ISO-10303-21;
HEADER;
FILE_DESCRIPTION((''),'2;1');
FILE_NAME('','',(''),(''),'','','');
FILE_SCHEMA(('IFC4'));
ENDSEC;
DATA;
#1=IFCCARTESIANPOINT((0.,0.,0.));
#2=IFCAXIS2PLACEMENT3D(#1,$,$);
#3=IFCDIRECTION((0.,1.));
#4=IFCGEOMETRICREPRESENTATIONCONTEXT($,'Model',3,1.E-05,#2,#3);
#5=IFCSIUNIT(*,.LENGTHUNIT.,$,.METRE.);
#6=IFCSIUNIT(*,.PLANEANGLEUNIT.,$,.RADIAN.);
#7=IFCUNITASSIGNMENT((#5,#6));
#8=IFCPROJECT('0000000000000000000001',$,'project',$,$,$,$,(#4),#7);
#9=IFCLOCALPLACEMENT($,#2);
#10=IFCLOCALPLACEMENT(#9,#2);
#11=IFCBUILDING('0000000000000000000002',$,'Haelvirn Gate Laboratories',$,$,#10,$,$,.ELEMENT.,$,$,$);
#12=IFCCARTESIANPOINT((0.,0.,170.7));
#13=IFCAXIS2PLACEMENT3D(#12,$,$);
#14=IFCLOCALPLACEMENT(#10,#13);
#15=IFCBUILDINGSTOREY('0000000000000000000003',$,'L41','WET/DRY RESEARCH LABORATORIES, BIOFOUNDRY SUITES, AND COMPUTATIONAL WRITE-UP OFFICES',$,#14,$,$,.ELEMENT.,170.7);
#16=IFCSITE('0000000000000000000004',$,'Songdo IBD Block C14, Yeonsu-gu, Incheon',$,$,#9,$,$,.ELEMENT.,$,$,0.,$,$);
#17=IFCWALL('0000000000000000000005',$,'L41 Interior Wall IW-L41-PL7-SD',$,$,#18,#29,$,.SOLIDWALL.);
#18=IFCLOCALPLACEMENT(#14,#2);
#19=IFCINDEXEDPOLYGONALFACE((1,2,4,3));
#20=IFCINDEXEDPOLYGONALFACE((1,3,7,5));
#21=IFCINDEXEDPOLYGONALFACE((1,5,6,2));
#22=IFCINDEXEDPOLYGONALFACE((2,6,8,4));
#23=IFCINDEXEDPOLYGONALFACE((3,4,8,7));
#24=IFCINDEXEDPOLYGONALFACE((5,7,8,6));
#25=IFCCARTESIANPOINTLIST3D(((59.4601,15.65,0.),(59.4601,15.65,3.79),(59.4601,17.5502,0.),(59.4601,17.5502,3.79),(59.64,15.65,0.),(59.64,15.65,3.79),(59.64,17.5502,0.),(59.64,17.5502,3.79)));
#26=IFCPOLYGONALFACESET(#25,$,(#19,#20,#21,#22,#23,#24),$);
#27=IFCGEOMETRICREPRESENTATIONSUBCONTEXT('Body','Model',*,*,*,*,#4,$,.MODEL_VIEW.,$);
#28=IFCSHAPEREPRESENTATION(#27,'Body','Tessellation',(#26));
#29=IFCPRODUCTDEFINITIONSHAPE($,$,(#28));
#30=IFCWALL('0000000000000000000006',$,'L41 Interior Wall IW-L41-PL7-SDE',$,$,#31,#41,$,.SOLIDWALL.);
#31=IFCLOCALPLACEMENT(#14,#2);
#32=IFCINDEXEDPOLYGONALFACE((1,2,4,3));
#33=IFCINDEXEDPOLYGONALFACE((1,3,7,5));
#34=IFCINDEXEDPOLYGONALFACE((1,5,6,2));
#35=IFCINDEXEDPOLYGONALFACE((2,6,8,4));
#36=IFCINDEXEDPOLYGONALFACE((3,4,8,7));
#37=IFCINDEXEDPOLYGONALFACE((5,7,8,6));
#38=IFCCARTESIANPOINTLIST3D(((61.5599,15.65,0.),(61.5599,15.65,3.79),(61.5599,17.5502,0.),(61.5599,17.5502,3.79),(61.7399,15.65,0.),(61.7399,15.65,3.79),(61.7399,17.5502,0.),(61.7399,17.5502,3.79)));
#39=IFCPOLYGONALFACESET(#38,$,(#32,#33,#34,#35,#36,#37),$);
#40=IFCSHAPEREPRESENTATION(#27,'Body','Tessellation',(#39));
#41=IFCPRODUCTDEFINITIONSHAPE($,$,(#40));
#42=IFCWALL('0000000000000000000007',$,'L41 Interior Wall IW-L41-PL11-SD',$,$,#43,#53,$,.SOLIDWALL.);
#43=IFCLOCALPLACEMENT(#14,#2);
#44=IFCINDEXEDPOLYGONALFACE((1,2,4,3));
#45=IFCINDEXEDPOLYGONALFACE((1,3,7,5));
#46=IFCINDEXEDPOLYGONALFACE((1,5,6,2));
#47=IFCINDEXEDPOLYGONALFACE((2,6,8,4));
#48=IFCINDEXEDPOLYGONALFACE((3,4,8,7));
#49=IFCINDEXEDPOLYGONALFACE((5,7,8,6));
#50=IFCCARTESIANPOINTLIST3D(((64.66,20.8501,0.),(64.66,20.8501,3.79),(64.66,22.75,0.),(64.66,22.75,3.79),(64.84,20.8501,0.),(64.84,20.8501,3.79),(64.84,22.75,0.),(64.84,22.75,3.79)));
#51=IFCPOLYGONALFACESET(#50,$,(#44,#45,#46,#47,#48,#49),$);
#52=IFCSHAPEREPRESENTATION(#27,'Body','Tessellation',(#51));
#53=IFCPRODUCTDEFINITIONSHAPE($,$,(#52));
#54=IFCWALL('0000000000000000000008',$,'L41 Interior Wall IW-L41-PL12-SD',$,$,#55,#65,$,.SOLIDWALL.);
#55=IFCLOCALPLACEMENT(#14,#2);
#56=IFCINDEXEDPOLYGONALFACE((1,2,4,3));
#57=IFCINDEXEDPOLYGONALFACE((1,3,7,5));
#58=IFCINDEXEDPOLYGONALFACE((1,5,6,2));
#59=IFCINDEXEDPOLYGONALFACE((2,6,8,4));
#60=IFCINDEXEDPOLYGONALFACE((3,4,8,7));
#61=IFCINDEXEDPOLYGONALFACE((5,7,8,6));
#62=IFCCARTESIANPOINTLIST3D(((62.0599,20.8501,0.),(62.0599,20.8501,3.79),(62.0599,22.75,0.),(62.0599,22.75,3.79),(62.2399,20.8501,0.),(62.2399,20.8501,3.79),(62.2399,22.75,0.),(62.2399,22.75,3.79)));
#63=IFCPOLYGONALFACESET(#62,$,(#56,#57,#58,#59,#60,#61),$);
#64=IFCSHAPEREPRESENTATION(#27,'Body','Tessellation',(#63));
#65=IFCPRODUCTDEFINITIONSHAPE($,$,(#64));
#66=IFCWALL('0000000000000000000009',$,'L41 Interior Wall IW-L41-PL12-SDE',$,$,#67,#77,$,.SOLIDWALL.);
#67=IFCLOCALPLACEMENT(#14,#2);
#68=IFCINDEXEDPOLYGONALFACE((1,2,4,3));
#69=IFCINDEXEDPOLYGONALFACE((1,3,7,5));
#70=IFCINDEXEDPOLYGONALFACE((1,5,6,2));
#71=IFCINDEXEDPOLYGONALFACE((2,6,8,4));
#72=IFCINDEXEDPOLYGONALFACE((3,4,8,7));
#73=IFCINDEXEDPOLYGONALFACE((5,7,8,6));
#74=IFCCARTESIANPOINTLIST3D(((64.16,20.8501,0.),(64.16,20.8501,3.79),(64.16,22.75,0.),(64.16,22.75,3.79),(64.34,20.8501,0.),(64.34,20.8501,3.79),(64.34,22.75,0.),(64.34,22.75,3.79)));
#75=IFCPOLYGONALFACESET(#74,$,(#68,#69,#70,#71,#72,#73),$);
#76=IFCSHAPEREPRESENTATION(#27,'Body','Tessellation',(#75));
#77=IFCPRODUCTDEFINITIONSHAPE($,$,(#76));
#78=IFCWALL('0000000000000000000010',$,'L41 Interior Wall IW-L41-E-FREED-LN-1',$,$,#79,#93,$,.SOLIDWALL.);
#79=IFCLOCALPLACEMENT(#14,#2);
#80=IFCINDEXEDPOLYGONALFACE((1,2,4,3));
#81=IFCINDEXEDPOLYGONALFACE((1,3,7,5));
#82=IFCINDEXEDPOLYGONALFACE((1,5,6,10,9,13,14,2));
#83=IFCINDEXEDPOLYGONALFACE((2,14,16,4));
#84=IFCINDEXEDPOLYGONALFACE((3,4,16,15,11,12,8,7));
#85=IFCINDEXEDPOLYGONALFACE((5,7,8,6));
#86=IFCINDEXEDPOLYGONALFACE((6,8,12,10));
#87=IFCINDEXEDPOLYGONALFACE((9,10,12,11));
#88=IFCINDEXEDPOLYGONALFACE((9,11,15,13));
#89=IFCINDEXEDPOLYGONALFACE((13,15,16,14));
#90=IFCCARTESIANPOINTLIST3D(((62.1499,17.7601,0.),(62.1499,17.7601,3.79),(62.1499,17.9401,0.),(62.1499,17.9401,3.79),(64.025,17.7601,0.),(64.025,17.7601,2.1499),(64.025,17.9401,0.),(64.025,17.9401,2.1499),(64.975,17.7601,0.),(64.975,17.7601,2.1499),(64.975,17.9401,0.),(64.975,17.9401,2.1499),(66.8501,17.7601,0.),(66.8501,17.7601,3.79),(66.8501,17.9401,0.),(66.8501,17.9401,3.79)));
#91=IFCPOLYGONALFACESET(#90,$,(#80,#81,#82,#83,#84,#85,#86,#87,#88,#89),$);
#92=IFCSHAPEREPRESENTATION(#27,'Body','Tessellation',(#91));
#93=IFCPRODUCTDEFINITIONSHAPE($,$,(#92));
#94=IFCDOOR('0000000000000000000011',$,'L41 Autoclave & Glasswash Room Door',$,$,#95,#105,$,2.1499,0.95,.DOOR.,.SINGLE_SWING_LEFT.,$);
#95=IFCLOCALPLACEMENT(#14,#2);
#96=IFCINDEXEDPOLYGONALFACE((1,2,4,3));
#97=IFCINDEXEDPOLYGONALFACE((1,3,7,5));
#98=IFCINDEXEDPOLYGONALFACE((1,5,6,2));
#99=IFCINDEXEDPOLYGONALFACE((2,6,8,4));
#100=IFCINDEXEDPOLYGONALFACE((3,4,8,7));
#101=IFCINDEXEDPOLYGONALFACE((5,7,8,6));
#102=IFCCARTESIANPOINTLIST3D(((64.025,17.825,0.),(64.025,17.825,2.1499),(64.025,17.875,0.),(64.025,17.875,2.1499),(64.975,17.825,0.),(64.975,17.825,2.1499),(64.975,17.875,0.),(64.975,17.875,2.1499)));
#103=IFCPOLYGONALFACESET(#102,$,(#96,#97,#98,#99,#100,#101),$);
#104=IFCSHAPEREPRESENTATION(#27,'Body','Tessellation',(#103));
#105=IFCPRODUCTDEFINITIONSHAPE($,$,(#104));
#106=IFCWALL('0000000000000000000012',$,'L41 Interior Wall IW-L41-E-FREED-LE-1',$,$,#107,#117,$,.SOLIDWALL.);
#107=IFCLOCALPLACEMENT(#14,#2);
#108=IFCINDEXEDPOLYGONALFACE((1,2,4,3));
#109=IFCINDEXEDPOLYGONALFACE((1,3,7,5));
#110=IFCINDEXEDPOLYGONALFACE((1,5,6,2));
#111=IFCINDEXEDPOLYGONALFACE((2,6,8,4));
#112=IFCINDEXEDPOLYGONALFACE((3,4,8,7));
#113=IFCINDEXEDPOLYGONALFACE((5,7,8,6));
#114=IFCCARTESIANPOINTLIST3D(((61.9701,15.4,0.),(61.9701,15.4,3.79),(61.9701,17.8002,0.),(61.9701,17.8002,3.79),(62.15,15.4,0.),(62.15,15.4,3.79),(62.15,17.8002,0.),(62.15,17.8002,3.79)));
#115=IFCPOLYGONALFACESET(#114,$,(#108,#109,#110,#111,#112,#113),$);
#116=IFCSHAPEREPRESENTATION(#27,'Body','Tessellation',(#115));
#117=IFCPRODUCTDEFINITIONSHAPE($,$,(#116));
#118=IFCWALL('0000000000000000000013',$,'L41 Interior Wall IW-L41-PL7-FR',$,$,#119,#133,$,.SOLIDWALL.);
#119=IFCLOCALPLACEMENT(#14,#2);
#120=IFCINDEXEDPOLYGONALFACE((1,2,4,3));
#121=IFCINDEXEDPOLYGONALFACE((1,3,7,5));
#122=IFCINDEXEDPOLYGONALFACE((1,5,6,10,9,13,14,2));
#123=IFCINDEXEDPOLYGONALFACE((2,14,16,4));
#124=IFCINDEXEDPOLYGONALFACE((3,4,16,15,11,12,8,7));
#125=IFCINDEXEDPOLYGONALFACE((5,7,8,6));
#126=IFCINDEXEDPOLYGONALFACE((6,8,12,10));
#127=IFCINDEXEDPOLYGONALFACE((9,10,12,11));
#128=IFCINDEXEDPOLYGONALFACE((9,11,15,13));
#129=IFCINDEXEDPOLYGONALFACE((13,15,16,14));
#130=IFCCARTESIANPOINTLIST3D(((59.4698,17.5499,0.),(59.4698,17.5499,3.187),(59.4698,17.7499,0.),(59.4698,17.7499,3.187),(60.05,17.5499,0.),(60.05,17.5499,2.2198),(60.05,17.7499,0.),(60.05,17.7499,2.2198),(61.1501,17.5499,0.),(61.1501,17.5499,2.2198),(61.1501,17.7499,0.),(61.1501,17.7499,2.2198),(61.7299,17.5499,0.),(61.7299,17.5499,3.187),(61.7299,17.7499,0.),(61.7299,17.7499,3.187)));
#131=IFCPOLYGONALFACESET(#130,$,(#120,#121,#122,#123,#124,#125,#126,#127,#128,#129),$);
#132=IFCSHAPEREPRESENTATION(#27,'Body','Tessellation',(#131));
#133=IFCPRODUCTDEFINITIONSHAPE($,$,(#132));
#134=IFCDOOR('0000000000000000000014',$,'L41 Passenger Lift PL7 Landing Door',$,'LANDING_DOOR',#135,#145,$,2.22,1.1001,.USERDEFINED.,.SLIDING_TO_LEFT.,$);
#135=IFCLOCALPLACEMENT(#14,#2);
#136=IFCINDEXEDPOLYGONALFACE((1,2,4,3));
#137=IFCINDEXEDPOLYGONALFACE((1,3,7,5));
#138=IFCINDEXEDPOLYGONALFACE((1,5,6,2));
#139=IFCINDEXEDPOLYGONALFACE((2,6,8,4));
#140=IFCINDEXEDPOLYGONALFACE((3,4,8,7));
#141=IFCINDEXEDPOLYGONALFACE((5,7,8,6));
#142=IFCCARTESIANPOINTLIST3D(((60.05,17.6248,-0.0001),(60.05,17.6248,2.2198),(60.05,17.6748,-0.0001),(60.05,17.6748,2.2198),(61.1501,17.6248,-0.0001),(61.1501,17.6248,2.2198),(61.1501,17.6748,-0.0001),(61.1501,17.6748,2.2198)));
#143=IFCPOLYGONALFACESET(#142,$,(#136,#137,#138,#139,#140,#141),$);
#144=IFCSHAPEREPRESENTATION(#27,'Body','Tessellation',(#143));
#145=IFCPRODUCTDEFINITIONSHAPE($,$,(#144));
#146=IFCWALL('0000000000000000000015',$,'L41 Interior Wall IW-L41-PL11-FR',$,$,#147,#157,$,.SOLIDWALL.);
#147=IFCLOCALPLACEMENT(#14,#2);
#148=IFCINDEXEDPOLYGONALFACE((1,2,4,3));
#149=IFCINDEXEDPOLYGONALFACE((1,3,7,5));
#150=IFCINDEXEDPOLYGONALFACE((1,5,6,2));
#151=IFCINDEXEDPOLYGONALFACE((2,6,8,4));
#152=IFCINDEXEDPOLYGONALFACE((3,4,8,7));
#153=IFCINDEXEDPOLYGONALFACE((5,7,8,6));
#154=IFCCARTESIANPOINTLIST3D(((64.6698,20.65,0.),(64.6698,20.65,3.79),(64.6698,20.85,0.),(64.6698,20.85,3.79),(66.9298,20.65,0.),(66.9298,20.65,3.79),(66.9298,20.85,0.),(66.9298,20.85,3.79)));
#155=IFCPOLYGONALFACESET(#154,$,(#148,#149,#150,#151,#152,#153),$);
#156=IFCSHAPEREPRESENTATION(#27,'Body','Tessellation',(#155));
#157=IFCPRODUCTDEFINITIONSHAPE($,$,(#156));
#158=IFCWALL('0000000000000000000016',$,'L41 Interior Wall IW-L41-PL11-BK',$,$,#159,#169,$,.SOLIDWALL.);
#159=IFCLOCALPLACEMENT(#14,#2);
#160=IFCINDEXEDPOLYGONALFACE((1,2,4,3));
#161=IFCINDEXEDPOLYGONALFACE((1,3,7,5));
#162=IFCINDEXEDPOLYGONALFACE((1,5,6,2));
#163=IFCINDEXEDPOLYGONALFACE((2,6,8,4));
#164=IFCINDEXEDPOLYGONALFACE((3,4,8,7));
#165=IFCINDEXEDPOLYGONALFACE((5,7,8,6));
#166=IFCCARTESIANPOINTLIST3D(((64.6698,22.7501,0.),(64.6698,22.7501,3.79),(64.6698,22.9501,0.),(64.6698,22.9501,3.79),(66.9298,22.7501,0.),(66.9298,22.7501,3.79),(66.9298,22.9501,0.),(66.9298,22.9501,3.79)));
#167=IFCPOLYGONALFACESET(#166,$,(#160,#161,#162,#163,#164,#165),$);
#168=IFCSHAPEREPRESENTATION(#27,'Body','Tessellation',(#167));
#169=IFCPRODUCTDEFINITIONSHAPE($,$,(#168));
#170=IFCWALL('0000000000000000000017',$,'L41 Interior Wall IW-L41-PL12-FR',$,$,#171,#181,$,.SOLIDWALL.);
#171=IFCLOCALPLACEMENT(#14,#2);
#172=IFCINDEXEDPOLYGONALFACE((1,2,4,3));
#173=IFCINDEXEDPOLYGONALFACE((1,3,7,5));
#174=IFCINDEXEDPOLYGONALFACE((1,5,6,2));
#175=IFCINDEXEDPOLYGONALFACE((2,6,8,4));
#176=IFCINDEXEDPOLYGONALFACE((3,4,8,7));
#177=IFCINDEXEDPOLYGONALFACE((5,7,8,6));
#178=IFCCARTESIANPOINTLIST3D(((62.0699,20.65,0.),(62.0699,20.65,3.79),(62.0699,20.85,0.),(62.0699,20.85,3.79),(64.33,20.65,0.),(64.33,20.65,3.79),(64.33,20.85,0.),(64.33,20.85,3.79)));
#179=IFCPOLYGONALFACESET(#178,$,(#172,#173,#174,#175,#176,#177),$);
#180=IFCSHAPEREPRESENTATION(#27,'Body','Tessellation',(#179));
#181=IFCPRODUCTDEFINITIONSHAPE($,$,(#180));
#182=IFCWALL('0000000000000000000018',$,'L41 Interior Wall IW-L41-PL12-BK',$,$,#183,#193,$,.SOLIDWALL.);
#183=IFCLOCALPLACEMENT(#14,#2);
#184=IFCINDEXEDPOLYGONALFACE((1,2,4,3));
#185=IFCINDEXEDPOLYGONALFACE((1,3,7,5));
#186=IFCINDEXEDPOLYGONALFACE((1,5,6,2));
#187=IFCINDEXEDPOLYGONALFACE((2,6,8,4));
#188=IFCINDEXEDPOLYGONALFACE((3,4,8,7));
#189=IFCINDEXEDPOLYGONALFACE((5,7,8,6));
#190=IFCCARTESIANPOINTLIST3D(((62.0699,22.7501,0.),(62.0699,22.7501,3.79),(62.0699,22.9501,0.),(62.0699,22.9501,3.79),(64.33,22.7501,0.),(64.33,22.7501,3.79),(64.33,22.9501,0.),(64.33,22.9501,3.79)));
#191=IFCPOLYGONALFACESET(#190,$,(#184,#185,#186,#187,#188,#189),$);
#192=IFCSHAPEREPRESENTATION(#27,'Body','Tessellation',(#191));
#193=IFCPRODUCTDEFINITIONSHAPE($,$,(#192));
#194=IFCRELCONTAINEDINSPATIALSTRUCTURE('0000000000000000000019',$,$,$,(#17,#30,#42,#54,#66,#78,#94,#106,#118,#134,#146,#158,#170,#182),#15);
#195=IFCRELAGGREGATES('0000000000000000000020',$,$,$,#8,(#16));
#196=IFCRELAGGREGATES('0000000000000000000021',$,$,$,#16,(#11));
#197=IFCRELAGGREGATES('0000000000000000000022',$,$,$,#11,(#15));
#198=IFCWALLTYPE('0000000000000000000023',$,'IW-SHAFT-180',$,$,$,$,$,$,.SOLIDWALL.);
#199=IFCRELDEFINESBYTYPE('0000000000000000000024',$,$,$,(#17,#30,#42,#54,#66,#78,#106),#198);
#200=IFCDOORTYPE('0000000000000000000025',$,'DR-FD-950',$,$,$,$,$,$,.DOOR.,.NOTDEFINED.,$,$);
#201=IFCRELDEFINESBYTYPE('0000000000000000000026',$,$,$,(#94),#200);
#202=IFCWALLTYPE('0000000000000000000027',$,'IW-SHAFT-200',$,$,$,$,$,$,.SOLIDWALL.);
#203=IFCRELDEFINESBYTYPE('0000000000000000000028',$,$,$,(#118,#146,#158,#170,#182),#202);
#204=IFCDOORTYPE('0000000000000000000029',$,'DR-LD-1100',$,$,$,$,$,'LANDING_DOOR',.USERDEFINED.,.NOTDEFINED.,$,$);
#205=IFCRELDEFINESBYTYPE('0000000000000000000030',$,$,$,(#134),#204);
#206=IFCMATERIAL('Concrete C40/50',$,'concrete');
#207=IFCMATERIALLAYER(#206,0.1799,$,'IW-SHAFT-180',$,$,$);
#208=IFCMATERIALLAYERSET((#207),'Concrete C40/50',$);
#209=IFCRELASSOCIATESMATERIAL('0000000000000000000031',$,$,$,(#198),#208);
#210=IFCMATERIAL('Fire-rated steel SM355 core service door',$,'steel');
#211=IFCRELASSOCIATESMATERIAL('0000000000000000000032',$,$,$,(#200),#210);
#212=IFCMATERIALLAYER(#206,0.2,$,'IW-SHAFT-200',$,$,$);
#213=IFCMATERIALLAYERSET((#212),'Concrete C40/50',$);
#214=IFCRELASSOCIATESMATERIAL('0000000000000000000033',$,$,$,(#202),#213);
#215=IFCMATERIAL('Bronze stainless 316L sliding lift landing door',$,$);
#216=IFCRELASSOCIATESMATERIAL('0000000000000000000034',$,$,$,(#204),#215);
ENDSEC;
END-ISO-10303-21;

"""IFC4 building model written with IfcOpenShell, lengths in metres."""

from ifc_helpers import new_model, si_unit, direction, frame, frame_2d, origin, place, context, subcontext, project, spatial, rectangle, extrude, source, transform, mapped, material, layer, layer_set, type_object, type_shapes, element, fill, save


model = new_model("IFC4")

# Units and contexts
model_context = context("Model", 3, precision=1e-05, world=origin(), true_north=direction((0.0, 1.0)))
body_context = subcontext(model_context, "Body", "Model", "MODEL_VIEW")
ifc_project = project(units=[si_unit("LENGTHUNIT", "METRE"), si_unit("PLANEANGLEUNIT", "RADIAN")], contexts=[model_context])

# Site, building, storey
site_placement = place(None, origin())
site = spatial("IfcSite", under=ifc_project, at=site_placement, Name="Songdo IBD Block C14, Yeonsu-gu, Incheon", CompositionType="ELEMENT", RefElevation=0.0)
building_placement = place(site_placement, origin())
building = spatial("IfcBuilding", under=site, at=building_placement, Name="Haelvirn Gate Laboratories", CompositionType="ELEMENT")
storey_placement = place(building_placement, frame((0.0, 0.0, 170.7)))
storey = spatial("IfcBuildingStorey", under=building, at=storey_placement, Name="L41", Description="WET/DRY RESEARCH LABORATORIES, BIOFOUNDRY SUITES, AND COMPUTATIONAL WRITE-UP OFFICES", CompositionType="ELEMENT", Elevation=170.7)

# Walls
ifc_material_1 = material(Name="Concrete C40/50", Category="concrete")
ifc_layer_1 = layer(ifc_material_1, 0.1799, Name="IW-SHAFT-180")
ifc_layer_set_1 = layer_set([ifc_layer_1], Name="Concrete C40/50")
wall_type_1 = type_object("IfcWallType", Name="IW-SHAFT-180", PredefinedType="SOLIDWALL", material=ifc_layer_set_1)
for number, where, z_axis, x_axis, name in (
    (1, (59.55, 15.6499, 0.0), (0.0, 0.0, 1.0), (0.0, 1.0, 0.0), "L41 Interior Wall IW-L41-PL7-SD"),
    (2, (61.6499, 15.6499, 0.0), (0.0, 0.0, 1.0), (0.0, 1.0, 0.0), "L41 Interior Wall IW-L41-PL7-SDE"),
):
    element("IfcWall", number, at=place(storey_placement, frame(where, z_axis=z_axis, x_axis=x_axis)), inside=storey, type_object=wall_type_1, Name=name, PredefinedType="SOLIDWALL", context=body_context, shape_type="SweptSolid", body=[
        extrude(rectangle(XDim=1.9001, YDim=0.1799, at=frame_2d((0.9502, 0.0))), origin(), (0.0, 0.0, 1.0), 3.79),
    ])
for number, where, z_axis, x_axis, name in (
    (3, (64.75, 20.8501, 0.0), (0.0, 0.0, 1.0), (0.0, 1.0, 0.0), "L41 Interior Wall IW-L41-PL11-SD"),
    (4, (62.1499, 20.8501, 0.0), (0.0, 0.0, 1.0), (0.0, 1.0, 0.0), "L41 Interior Wall IW-L41-PL12-SD"),
    (5, (64.25, 20.8501, 0.0), (0.0, 0.0, 1.0), (0.0, 1.0, 0.0), "L41 Interior Wall IW-L41-PL12-SDE"),
):
    element("IfcWall", number, at=place(storey_placement, frame(where, z_axis=z_axis, x_axis=x_axis)), inside=storey, type_object=wall_type_1, Name=name, PredefinedType="SOLIDWALL", context=body_context, shape_type="SweptSolid", body=[
        extrude(rectangle(XDim=1.8999, YDim=0.1799, at=frame_2d((0.95, 0.0))), origin(), (0.0, 0.0, 1.0), 3.79),
    ])

# Wall, opening, door
wall_1_placement = place(storey_placement, frame((62.1499, 17.8501, 0.0), z_axis=(0.0, 0.0, 1.0), x_axis=(1.0, 0.0, 0.0)))
wall_1 = element("IfcWall", 6, at=wall_1_placement, inside=storey, type_object=wall_type_1, Name="L41 Interior Wall IW-L41-E-FREED-LN-1", PredefinedType="SOLIDWALL", context=body_context, shape_type="SweptSolid", body=[
    extrude(rectangle(XDim=4.7002, YDim=0.1799, at=frame_2d((2.3501, 0.0))), origin(), (0.0, 0.0, 1.0), 3.79),
])
opening_1_placement = place(wall_1_placement, frame((1.875, 0.0, 0.0)))
opening_1 = element("IfcOpeningElement", 7, at=opening_1_placement, cuts=wall_1, PredefinedType="OPENING", context=body_context, shape_type="SweptSolid", body=[
    extrude(rectangle(XDim=0.95, YDim=2.1499, at=frame_2d((0.4751, 1.075))), frame((0.0, 0.1001, 0.0), z_axis=(0.0, -1.0, 0.0), x_axis=(1.0, 0.0, 0.0)), (0.0, 0.0, 1.0), 0.2),
])
ifc_material_2 = material(Name="Fire-rated steel SM355 core service door", Category="steel")
door_type_1 = type_object("IfcDoorType", Name="DR-FD-950", OperationType="NOTDEFINED", PredefinedType="DOOR", material=ifc_material_2)
shared_shape_1 = source(origin(), body_context, "Body", "SweptSolid", [
    extrude(rectangle(XDim=0.95, YDim=2.1499, at=frame_2d((0.4751, 1.075))), frame((0.0, 0.0249, 0.0), z_axis=(0.0, -1.0, 0.0), x_axis=(1.0, 0.0, 0.0)), (0.0, 0.0, 1.0), 0.05),
])
type_shapes(door_type_1, [shared_shape_1])
door_1_placement = place(opening_1_placement, origin())
door_1 = element("IfcDoor", 8, at=door_1_placement, inside=storey, type_object=door_type_1, Name="L41 Autoclave & Glasswash Room Door", OperationType="SINGLE_SWING_LEFT", OverallHeight=2.1499, OverallWidth=0.95, PredefinedType="DOOR", context=body_context, shape_type="MappedRepresentation", body=[
    mapped(shared_shape_1, transform((0.0, 0.0, 0.0), scale=1.0)),
])
fill(opening_1, door_1)

# Wall
wall_2_placement = place(storey_placement, frame((62.0601, 15.3999, 0.0), z_axis=(0.0, 0.0, 1.0), x_axis=(0.0, 1.0, 0.0)))
element("IfcWall", 9, at=wall_2_placement, inside=storey, type_object=wall_type_1, Name="L41 Interior Wall IW-L41-E-FREED-LE-1", PredefinedType="SOLIDWALL", context=body_context, shape_type="SweptSolid", body=[
    extrude(rectangle(XDim=2.4001, YDim=0.1799, at=frame_2d((1.2002, 0.0))), origin(), (0.0, 0.0, 1.0), 3.79),
])

# Wall, opening, door
ifc_layer_2 = layer(ifc_material_1, 0.2, Name="IW-SHAFT-200")
ifc_layer_set_2 = layer_set([ifc_layer_2], Name="Concrete C40/50")
wall_type_2 = type_object("IfcWallType", Name="IW-SHAFT-200", PredefinedType="SOLIDWALL", material=ifc_layer_set_2)
wall_3_placement = place(storey_placement, frame((59.47, 17.6499, 0.0), z_axis=(0.0, 0.0, 1.0), x_axis=(1.0, 0.0, 0.0)))
wall_3 = element("IfcWall", 10, at=wall_3_placement, inside=storey, type_object=wall_type_2, Name="L41 Interior Wall IW-L41-PL7-FR", PredefinedType="SOLIDWALL", context=body_context, shape_type="SweptSolid", body=[
    extrude(rectangle(XDim=2.26, YDim=0.2, at=frame_2d((1.1299, 0.0))), origin(), (0.0, 0.0, 1.0), 3.187),
])
opening_2_placement = place(wall_3_placement, frame((0.5801, 0.0, 0.0)))
opening_2 = element("IfcOpeningElement", 11, at=opening_2_placement, cuts=wall_3, PredefinedType="OPENING", context=body_context, shape_type="SweptSolid", body=[
    extrude(rectangle(XDim=1.1001, YDim=2.22, at=frame_2d((0.55, 1.1099))), frame((0.0, 0.1099, 0.0), z_axis=(0.0, -1.0, 0.0), x_axis=(1.0, 0.0, 0.0)), (0.0, 0.0, 1.0), 0.22),
])
ifc_material_3 = material(Name="Bronze stainless 316L sliding lift landing door")
door_type_2 = type_object("IfcDoorType", Name="DR-LD-1100", ElementType="LANDING_DOOR", OperationType="NOTDEFINED", PredefinedType="USERDEFINED", material=ifc_material_3)
shared_shape_2 = source(origin(), body_context, "Body", "SweptSolid", [
    extrude(rectangle(XDim=1.1001, YDim=2.22, at=frame_2d((0.55, 1.1099))), frame((0.0, 0.0249, 0.0), z_axis=(0.0, -1.0, 0.0), x_axis=(1.0, 0.0, 0.0)), (0.0, 0.0, 1.0), 0.05),
])
type_shapes(door_type_2, [shared_shape_2])
door_2_placement = place(opening_2_placement, origin())
door_2 = element("IfcDoor", 12, at=door_2_placement, inside=storey, type_object=door_type_2, Name="L41 Passenger Lift PL7 Landing Door", ObjectType="LANDING_DOOR", OperationType="SLIDING_TO_LEFT", OverallHeight=2.22, OverallWidth=1.1001, PredefinedType="USERDEFINED", context=body_context, shape_type="MappedRepresentation", body=[
    mapped(shared_shape_2, transform((0.0, 0.0, 0.0), scale=1.0)),
])
fill(opening_2, door_2)

# Walls
for number, where, z_axis, x_axis, name in (
    (13, (64.6699, 20.75, 0.0), (0.0, 0.0, 1.0), (1.0, 0.0, 0.0), "L41 Interior Wall IW-L41-PL11-FR"),
    (14, (64.6699, 22.8501, 0.0), (0.0, 0.0, 1.0), (1.0, 0.0, 0.0), "L41 Interior Wall IW-L41-PL11-BK"),
    (15, (62.0701, 20.75, 0.0), (0.0, 0.0, 1.0), (1.0, 0.0, 0.0), "L41 Interior Wall IW-L41-PL12-FR"),
    (16, (62.0701, 22.8501, 0.0), (0.0, 0.0, 1.0), (1.0, 0.0, 0.0), "L41 Interior Wall IW-L41-PL12-BK"),
):
    element("IfcWall", number, at=place(storey_placement, frame(where, z_axis=z_axis, x_axis=x_axis)), inside=storey, type_object=wall_type_2, Name=name, PredefinedType="SOLIDWALL", context=body_context, shape_type="SweptSolid", body=[
        extrude(rectangle(XDim=2.26, YDim=0.2, at=frame_2d((1.1299, 0.0))), origin(), (0.0, 0.0, 1.0), 3.79),
    ])

save(model, "model.ifc")
